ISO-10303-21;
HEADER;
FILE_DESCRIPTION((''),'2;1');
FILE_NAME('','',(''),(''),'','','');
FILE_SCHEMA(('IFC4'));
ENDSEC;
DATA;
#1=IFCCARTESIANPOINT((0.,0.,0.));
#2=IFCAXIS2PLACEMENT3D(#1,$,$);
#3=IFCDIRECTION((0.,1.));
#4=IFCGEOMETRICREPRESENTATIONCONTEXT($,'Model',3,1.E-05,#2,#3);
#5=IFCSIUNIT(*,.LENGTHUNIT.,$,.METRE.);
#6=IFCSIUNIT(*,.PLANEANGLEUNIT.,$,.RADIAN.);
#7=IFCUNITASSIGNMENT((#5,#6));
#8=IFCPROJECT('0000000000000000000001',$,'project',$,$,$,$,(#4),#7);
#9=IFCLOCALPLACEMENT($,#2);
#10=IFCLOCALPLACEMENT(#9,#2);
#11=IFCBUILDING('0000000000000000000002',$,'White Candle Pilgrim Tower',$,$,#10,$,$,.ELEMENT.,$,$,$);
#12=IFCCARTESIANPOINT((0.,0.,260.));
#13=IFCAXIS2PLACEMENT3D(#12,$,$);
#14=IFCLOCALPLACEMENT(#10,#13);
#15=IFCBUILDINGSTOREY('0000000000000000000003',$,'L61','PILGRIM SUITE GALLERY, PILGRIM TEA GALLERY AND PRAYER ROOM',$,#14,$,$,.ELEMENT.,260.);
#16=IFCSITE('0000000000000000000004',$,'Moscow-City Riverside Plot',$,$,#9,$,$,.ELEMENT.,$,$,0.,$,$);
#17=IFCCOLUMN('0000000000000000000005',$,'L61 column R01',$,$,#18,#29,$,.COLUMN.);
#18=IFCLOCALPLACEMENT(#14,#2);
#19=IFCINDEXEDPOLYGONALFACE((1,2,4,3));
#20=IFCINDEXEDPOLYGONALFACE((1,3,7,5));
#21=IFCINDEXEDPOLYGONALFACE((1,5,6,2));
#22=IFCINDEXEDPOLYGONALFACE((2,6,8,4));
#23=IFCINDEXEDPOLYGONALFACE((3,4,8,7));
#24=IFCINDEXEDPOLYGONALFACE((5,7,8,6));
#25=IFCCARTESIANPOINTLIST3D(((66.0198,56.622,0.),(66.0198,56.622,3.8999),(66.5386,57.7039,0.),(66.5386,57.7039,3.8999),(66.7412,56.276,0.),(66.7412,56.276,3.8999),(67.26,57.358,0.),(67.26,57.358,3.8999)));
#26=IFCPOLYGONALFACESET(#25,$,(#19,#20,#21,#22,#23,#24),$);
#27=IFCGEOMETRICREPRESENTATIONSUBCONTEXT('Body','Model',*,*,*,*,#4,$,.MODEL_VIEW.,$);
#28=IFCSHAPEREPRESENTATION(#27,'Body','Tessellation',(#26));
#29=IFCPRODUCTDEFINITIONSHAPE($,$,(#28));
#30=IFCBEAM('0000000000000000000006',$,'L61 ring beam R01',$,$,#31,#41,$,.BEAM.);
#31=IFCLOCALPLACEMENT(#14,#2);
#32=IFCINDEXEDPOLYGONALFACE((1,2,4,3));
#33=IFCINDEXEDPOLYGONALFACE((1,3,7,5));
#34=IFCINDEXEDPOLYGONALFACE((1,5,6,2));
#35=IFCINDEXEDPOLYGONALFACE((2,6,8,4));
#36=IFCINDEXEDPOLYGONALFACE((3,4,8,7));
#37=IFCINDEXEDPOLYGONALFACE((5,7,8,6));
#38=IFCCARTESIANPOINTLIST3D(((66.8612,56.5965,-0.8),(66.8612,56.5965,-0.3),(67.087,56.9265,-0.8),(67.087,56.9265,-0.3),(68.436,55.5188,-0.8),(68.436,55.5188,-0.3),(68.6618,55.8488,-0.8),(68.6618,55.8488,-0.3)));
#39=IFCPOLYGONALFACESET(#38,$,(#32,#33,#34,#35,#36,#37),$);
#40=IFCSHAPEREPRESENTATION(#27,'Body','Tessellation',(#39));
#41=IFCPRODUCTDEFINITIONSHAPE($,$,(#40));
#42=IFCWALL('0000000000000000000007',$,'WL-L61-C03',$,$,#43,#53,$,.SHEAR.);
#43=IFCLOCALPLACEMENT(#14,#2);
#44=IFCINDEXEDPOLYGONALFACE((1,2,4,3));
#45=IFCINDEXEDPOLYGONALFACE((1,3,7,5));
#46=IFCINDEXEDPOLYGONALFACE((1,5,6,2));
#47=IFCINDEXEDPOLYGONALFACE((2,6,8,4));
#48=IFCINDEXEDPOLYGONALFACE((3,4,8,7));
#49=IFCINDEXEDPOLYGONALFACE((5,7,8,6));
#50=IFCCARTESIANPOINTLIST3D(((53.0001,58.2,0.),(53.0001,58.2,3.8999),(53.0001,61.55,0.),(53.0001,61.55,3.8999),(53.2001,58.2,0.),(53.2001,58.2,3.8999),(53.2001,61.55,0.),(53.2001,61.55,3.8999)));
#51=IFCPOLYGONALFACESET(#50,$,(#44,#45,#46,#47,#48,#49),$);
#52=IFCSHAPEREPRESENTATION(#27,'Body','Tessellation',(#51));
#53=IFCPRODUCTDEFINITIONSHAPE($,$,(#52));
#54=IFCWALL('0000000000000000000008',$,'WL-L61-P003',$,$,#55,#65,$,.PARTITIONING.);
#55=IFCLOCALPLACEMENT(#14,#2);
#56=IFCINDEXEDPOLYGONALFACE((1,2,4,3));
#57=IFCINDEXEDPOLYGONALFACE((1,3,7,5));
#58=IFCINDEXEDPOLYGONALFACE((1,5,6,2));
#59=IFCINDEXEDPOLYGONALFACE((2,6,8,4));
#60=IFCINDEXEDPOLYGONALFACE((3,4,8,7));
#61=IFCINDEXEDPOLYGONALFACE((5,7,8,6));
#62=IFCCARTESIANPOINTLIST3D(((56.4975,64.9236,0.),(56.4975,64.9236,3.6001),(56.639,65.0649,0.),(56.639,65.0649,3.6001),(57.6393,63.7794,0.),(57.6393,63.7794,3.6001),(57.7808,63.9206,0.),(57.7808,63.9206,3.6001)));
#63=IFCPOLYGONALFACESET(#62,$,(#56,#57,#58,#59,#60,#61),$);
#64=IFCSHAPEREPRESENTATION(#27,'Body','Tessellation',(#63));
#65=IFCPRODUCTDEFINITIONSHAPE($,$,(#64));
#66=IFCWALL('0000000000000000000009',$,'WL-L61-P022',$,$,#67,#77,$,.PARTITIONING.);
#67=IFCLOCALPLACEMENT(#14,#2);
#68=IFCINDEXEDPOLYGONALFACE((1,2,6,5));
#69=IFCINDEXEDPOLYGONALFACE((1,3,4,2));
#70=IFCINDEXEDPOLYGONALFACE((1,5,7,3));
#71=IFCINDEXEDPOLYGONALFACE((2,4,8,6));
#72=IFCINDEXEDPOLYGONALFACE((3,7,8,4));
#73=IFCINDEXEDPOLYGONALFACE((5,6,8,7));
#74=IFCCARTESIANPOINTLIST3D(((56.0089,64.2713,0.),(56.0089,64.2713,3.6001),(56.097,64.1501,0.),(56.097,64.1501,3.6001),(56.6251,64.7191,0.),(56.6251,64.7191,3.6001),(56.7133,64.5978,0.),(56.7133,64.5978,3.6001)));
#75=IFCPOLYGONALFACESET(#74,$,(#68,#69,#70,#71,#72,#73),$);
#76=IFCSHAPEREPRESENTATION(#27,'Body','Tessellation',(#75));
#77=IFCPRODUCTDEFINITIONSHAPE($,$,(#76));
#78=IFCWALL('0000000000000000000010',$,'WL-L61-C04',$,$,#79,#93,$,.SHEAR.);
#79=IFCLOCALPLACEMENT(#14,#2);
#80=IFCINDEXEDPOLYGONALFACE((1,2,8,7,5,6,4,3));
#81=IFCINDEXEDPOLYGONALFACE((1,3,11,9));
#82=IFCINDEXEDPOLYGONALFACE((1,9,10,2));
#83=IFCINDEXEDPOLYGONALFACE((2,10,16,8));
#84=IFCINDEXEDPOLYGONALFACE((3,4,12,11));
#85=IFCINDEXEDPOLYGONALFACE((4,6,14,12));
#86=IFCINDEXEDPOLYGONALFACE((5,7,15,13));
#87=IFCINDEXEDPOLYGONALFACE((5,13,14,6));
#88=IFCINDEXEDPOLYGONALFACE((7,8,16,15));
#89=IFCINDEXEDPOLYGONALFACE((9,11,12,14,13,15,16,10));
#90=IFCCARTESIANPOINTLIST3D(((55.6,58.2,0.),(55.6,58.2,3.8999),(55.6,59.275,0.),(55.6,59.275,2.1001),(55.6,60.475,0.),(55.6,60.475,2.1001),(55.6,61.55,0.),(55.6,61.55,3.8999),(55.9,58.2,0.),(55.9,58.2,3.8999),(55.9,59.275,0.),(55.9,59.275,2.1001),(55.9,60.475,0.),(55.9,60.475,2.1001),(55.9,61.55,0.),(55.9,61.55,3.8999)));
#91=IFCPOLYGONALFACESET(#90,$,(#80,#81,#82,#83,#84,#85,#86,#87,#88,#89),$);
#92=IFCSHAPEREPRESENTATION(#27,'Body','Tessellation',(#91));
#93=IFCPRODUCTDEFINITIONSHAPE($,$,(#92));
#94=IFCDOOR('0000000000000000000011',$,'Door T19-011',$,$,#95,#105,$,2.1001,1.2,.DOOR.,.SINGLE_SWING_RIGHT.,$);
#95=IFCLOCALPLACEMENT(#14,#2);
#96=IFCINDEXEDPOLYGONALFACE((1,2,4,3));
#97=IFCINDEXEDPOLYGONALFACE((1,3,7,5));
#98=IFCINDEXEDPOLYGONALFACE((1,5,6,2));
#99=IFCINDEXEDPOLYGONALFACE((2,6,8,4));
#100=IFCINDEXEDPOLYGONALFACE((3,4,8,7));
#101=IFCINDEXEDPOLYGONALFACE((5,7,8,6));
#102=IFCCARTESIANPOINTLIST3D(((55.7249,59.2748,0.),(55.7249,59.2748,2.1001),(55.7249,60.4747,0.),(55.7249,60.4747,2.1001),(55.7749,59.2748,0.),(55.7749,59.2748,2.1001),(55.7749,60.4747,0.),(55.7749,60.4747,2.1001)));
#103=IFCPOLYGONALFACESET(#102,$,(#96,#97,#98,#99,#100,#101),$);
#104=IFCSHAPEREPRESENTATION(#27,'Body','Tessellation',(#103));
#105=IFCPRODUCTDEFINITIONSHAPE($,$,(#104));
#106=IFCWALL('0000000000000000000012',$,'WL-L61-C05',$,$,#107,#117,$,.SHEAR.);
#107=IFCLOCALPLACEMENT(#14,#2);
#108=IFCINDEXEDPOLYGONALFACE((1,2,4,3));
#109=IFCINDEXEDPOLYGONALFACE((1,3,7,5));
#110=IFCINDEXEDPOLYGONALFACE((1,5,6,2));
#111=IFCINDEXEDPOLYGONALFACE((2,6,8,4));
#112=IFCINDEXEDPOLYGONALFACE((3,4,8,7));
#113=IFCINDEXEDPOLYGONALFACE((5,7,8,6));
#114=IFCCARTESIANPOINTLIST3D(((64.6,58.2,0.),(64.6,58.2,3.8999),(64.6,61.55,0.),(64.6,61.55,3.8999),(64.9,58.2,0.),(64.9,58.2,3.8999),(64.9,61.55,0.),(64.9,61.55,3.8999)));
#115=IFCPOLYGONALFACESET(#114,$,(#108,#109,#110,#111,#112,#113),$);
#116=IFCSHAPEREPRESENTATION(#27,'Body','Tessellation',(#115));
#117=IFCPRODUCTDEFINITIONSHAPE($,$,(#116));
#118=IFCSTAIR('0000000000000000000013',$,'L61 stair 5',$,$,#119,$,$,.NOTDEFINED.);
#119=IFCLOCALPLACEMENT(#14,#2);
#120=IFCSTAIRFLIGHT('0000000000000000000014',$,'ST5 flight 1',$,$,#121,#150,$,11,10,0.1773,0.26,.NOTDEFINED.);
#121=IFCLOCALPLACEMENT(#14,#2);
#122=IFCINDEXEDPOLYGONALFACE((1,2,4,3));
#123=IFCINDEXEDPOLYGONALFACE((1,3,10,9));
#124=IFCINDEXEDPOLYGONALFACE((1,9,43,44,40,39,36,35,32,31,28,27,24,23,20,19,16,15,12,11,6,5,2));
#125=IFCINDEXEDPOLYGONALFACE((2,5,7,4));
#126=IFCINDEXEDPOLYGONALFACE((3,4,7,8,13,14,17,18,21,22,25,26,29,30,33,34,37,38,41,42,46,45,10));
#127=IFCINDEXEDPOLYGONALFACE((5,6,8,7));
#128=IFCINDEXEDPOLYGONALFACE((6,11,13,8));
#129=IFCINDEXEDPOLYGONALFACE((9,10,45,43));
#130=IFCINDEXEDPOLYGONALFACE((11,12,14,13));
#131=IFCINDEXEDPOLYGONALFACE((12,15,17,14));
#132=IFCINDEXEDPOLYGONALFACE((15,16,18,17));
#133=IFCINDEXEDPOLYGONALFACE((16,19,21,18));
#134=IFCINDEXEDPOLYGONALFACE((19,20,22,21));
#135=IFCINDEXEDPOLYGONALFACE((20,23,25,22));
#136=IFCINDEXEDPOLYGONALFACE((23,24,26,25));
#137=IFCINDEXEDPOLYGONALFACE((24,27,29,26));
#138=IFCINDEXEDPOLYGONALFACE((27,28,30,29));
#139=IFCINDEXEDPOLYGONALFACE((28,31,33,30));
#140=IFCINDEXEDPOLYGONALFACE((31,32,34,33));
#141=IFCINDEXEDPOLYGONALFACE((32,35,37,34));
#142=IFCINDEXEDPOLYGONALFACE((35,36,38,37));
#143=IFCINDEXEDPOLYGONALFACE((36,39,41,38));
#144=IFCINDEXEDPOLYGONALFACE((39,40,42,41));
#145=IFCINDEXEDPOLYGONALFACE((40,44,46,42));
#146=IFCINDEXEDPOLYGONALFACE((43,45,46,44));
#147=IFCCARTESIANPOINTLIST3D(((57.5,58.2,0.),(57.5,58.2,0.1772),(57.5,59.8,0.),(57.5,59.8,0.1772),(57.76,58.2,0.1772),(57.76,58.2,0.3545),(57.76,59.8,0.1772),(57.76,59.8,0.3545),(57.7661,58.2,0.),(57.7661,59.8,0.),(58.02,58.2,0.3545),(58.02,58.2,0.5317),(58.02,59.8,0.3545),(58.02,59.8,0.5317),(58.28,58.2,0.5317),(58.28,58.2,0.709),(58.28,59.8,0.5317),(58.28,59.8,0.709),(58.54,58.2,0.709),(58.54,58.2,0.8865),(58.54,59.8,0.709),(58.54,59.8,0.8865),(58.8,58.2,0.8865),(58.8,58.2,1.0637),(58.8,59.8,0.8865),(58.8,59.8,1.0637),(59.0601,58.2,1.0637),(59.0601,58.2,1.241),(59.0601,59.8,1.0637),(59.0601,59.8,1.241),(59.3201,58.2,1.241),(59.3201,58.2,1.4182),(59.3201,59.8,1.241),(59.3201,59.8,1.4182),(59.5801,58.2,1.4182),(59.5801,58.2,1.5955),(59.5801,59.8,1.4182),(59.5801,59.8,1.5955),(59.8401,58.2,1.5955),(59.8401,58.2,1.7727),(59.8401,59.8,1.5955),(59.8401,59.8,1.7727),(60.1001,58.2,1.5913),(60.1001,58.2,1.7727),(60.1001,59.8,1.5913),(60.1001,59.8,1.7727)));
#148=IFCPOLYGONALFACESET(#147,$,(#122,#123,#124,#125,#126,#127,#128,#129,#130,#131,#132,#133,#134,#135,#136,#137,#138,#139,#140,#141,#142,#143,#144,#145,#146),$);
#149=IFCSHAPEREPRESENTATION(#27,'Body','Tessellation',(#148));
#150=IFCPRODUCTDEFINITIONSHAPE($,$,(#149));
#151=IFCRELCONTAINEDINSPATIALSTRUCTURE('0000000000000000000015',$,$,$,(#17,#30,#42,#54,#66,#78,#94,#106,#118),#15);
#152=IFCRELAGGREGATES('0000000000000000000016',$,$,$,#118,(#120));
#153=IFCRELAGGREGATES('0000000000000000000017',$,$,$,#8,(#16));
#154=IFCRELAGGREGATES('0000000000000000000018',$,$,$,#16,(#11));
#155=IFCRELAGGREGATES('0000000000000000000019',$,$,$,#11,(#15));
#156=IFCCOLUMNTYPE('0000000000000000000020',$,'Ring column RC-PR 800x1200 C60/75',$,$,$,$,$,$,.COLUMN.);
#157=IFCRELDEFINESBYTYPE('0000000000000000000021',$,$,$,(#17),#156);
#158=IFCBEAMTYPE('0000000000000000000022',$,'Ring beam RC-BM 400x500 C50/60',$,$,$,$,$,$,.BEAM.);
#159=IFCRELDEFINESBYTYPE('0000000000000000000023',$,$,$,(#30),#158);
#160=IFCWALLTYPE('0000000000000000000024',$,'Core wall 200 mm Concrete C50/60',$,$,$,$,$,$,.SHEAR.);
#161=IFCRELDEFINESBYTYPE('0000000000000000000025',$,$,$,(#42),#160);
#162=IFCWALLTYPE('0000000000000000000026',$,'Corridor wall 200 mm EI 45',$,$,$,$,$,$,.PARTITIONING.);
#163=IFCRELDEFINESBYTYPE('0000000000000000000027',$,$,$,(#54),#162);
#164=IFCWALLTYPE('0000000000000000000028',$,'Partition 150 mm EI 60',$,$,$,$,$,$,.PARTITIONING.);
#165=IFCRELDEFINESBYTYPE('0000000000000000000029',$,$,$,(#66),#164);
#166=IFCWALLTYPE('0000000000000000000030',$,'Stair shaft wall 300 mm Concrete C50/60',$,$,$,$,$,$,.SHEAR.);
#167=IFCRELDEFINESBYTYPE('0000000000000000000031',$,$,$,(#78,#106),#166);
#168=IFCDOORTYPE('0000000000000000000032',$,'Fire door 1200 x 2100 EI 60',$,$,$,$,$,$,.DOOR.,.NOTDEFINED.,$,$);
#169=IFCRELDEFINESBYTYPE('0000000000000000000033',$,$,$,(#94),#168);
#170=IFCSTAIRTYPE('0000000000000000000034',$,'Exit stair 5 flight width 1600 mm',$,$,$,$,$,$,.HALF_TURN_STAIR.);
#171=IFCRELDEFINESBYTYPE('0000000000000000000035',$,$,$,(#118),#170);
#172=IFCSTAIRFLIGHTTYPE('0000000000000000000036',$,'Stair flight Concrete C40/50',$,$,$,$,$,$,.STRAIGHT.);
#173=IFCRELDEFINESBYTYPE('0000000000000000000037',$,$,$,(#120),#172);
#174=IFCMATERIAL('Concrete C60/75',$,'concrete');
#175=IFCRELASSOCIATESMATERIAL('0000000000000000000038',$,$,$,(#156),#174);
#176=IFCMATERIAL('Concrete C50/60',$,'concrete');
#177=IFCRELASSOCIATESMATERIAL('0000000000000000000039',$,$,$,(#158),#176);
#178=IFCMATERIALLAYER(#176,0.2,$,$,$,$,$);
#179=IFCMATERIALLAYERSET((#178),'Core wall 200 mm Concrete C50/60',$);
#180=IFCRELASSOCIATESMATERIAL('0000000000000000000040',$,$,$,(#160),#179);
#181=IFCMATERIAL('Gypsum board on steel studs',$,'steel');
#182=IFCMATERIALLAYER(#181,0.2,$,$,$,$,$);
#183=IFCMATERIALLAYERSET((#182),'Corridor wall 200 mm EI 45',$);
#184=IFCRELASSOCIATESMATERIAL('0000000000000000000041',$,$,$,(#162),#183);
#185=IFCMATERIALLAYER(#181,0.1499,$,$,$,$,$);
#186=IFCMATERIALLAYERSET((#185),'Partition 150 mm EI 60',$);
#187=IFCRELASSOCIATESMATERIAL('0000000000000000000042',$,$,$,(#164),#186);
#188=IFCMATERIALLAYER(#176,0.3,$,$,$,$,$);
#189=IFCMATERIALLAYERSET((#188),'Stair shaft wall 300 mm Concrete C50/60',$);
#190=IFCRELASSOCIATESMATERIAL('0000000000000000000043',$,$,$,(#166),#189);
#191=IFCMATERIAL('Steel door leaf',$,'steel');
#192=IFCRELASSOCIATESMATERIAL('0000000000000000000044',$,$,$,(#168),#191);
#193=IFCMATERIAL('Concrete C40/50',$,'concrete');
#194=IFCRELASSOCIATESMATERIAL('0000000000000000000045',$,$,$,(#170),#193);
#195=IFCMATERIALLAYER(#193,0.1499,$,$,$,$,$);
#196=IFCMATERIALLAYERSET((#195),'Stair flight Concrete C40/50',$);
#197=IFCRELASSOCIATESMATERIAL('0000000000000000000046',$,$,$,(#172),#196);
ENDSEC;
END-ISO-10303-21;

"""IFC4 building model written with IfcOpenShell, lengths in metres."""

from ifc_helpers import new_model, si_unit, direction, frame, frame_2d, origin, origin_2d, place, context, subcontext, project, spatial, polyline, rectangle, outline, extrude, material, layer, layer_set, material_profile, profile_set, type_object, element, fill, aggregate, save


model = new_model("IFC4")

# Units and contexts
model_context = context("Model", 3, precision=1e-05, world=origin(), true_north=direction((0.0, 1.0)))
body_context = subcontext(model_context, "Body", "Model", "MODEL_VIEW")
ifc_project = project(units=[si_unit("LENGTHUNIT", "METRE"), si_unit("PLANEANGLEUNIT", "RADIAN")], contexts=[model_context])

# Site, building, storey
site_placement = place(None, origin())
site = spatial("IfcSite", under=ifc_project, at=site_placement, Name="Moscow-City Riverside Plot", CompositionType="ELEMENT", RefElevation=0.0)
building_placement = place(site_placement, origin())
building = spatial("IfcBuilding", under=site, at=building_placement, Name="White Candle Pilgrim Tower", CompositionType="ELEMENT")
storey_placement = place(building_placement, frame((0.0, 0.0, 260.0)))
storey = spatial("IfcBuildingStorey", under=building, at=storey_placement, Name="L61", Description="PILGRIM SUITE GALLERY, PILGRIM TEA GALLERY AND PRAYER ROOM", CompositionType="ELEMENT", Elevation=260.0)

# Column
ifc_material_1 = material(Name="Concrete C60/75", Category="concrete")
ifc_material_profile_1 = material_profile(ifc_material_1, rectangle(XDim=0.8, YDim=1.2, at=origin_2d()), Name="RC-PR 800x1200")
ifc_profile_set_1 = profile_set([ifc_material_profile_1], Name="Concrete C60/75")
column_type = type_object("IfcColumnType", Name="Ring column RC-PR 800x1200 C60/75", PredefinedType="COLUMN", material=ifc_profile_set_1)
column_placement = place(storey_placement, frame((66.6399, 56.99, 0.0), z_axis=(0.0, 0.0, 1.0), x_axis=(-0.901689, 0.432385, 0.0)))
element("IfcColumn", 1, at=column_placement, inside=storey, type_object=column_type, Name="L61 column R01", PredefinedType="COLUMN", context=body_context, shape_type="SweptSolid", body=[
    extrude(rectangle(XDim=0.8, YDim=1.2, at=origin_2d()), origin(), (0.0, 0.0, 1.0), 3.8999),
])

# Beam
ifc_material_2 = material(Name="Concrete C50/60", Category="concrete")
ifc_material_profile_2 = material_profile(ifc_material_2, rectangle(XDim=0.3999, YDim=0.5, at=origin_2d()), Name="RC-BM 400x500")
ifc_profile_set_2 = profile_set([ifc_material_profile_2], Name="Concrete C50/60")
beam_type = type_object("IfcBeamType", Name="Ring beam RC-BM 400x500 C50/60", PredefinedType="BEAM", material=ifc_profile_set_2)
beam_placement = place(storey_placement, frame((66.9741, 56.7615, -0.55), z_axis=(0.825257, -0.564757, 0.0), x_axis=(0.564757, 0.825257, 0.0)))
element("IfcBeam", 2, at=beam_placement, inside=storey, type_object=beam_type, Name="L61 ring beam R01", PredefinedType="BEAM", context=body_context, shape_type="SweptSolid", body=[
    extrude(rectangle(XDim=0.3999, YDim=0.5, at=origin_2d()), origin(), (0.0, 0.0, 1.0), 1.9082),
])

# Walls
ifc_layer_1 = layer(ifc_material_2, 0.2)
ifc_layer_set_1 = layer_set([ifc_layer_1], Name="Core wall 200 mm Concrete C50/60")
wall_type_1 = type_object("IfcWallType", Name="Core wall 200 mm Concrete C50/60", PredefinedType="SHEAR", material=ifc_layer_set_1)
wall_1_placement = place(storey_placement, frame((53.1001, 58.2, 0.0), z_axis=(0.0, 0.0, 1.0), x_axis=(0.0, 1.0, 0.0)))
element("IfcWall", 3, at=wall_1_placement, inside=storey, type_object=wall_type_1, Name="WL-L61-C03", PredefinedType="SHEAR", context=body_context, shape_type="SweptSolid", body=[
    extrude(rectangle(XDim=3.3501, YDim=0.2, at=frame_2d((1.675, 0.0))), origin(), (0.0, 0.0, 1.0), 3.8999),
])
ifc_material_3 = material(Name="Gypsum board on steel studs", Category="steel")
ifc_layer_2 = layer(ifc_material_3, 0.2)
ifc_layer_set_2 = layer_set([ifc_layer_2], Name="Corridor wall 200 mm EI 45")
wall_type_2 = type_object("IfcWallType", Name="Corridor wall 200 mm EI 45", PredefinedType="PARTITIONING", material=ifc_layer_set_2)
wall_2_placement = place(storey_placement, frame((57.71, 63.8501, 0.0), z_axis=(0.0, 0.0, 1.0), x_axis=(-0.706351, 0.707862, 0.0)))
element("IfcWall", 4, at=wall_2_placement, inside=storey, type_object=wall_type_2, Name="WL-L61-P003", PredefinedType="PARTITIONING", context=body_context, shape_type="SweptSolid", body=[
    extrude(rectangle(XDim=1.6165, YDim=0.2, at=frame_2d((0.8081, 0.0))), origin(), (0.0, 0.0, 1.0), 3.6001),
])
ifc_layer_3 = layer(ifc_material_3, 0.1499)
ifc_layer_set_3 = layer_set([ifc_layer_3], Name="Partition 150 mm EI 60")
wall_type_3 = type_object("IfcWallType", Name="Partition 150 mm EI 60", PredefinedType="PARTITIONING", material=ifc_layer_set_3)
wall_3_placement = place(storey_placement, frame((56.053, 64.2107, 0.0), z_axis=(0.0, 0.0, 1.0), x_axis=(0.808985, 0.587829, 0.0)))
element("IfcWall", 5, at=wall_3_placement, inside=storey, type_object=wall_type_3, Name="WL-L61-P022", PredefinedType="PARTITIONING", context=body_context, shape_type="SweptSolid", body=[
    extrude(rectangle(XDim=0.7617, YDim=0.1499, at=frame_2d((0.3809, 0.0))), origin(), (0.0, 0.0, 1.0), 3.6001),
])

# Wall, opening, door
ifc_layer_4 = layer(ifc_material_2, 0.3)
ifc_layer_set_4 = layer_set([ifc_layer_4], Name="Stair shaft wall 300 mm Concrete C50/60")
wall_type_4 = type_object("IfcWallType", Name="Stair shaft wall 300 mm Concrete C50/60", PredefinedType="SHEAR", material=ifc_layer_set_4)
wall_4_placement = place(storey_placement, frame((55.75, 58.2, 0.0), z_axis=(0.0, 0.0, 1.0), x_axis=(0.0, 1.0, 0.0)))
wall_4 = element("IfcWall", 6, at=wall_4_placement, inside=storey, type_object=wall_type_4, Name="WL-L61-C04", PredefinedType="SHEAR", context=body_context, shape_type="SweptSolid", body=[
    extrude(rectangle(XDim=3.3501, YDim=0.3, at=frame_2d((1.675, 0.0))), origin(), (0.0, 0.0, 1.0), 3.8999),
])
opening_placement = place(wall_4_placement, frame((1.075, 0.0, 0.0)))
opening = element("IfcOpeningElement", 7, at=opening_placement, cuts=wall_4, PredefinedType="OPENING", context=body_context, shape_type="SweptSolid", body=[
    extrude(rectangle(XDim=1.2, YDim=2.1001, at=frame_2d((0.6001, 1.05))), frame((0.0, 0.1599, 0.0), z_axis=(0.0, -1.0, 0.0), x_axis=(1.0, 0.0, 0.0)), (0.0, 0.0, 1.0), 0.3201),
])
ifc_material_4 = material(Name="Steel door leaf", Category="steel")
door_type = type_object("IfcDoorType", Name="Fire door 1200 x 2100 EI 60", OperationType="NOTDEFINED", PredefinedType="DOOR", material=ifc_material_4)
door_placement = place(opening_placement, frame((1.2, 0.0, 0.0), z_axis=(0.0, 0.0, 1.0), x_axis=(-1.0, 0.0, 0.0)))
door = element("IfcDoor", 8, at=door_placement, inside=storey, type_object=door_type, Name="Door T19-011", OperationType="SINGLE_SWING_RIGHT", OverallHeight=2.1001, OverallWidth=1.2, PredefinedType="DOOR", context=body_context, shape_type="SweptSolid", body=[
    extrude(rectangle(XDim=1.2, YDim=2.1001, at=frame_2d((0.6001, 1.05))), frame((0.0, 0.0249, 0.0), z_axis=(0.0, -1.0, 0.0), x_axis=(1.0, 0.0, 0.0)), (0.0, 0.0, 1.0), 0.05),
])
fill(opening, door)

# Wall
wall_5_placement = place(storey_placement, frame((64.75, 58.2, 0.0), z_axis=(0.0, 0.0, 1.0), x_axis=(0.0, 1.0, 0.0)))
element("IfcWall", 9, at=wall_5_placement, inside=storey, type_object=wall_type_4, Name="WL-L61-C05", PredefinedType="SHEAR", context=body_context, shape_type="SweptSolid", body=[
    extrude(rectangle(XDim=3.3501, YDim=0.3, at=frame_2d((1.675, 0.0))), origin(), (0.0, 0.0, 1.0), 3.8999),
])

# Stair, stair flight
ifc_material_5 = material(Name="Concrete C40/50", Category="concrete")
stair_type = type_object("IfcStairType", Name="Exit stair 5 flight width 1600 mm", PredefinedType="HALF_TURN_STAIR", material=ifc_material_5)
stair_placement = place(storey_placement, origin())
stair = element("IfcStair", 10, at=stair_placement, inside=storey, type_object=stair_type, Name="L61 stair 5", PredefinedType="NOTDEFINED")
ifc_layer_5 = layer(ifc_material_5, 0.1499)
ifc_layer_set_5 = layer_set([ifc_layer_5], Name="Stair flight Concrete C40/50")
stair_flight_type = type_object("IfcStairFlightType", Name="Stair flight Concrete C40/50", PredefinedType="STRAIGHT", material=ifc_layer_set_5)
stair_flight_1_placement = place(storey_placement, frame((57.5, 59.0, 0.0), z_axis=(0.0, 0.0, 1.0), x_axis=(1.0, 0.0, 0.0)))
stair_flight_1 = element("IfcStairFlight", 11, at=stair_flight_1_placement, type_object=stair_flight_type, Name="ST5 flight 1", NumberOfRisers=11, NumberOfTreads=10, PredefinedType="NOTDEFINED", RiserHeight=0.1773, TreadLength=0.26, context=body_context, shape_type="SweptSolid", body=[
    extrude(outline(polyline([(0.0, 0.0), (0.0, 0.1772), (0.26, 0.1772), (0.26, 0.3545), (0.52, 0.3545), (0.52, 0.5317), (0.78, 0.5317), (0.78, 0.709), (1.04, 0.709), (1.04, 0.8865), (1.3, 0.8865), (1.3, 1.0637), (1.5601, 1.0637), (1.5601, 1.241), (1.8201, 1.241), (1.8201, 1.4182), (2.0801, 1.4182), (2.0801, 1.5955), (2.3401, 1.5955), (2.3401, 1.7727), (2.6001, 1.7727), (2.6001, 1.95), (2.6001, 1.5913), (0.2661, 0.0), (0.0, 0.0)])), frame((0.0, 0.8, 0.0), z_axis=(0.0, -1.0, 0.0), x_axis=(1.0, 0.0, 0.0)), (0.0, 0.0, 1.0), 1.6001),
])
aggregate(stair, [stair_flight_1])

save(model, "model.ifc")
